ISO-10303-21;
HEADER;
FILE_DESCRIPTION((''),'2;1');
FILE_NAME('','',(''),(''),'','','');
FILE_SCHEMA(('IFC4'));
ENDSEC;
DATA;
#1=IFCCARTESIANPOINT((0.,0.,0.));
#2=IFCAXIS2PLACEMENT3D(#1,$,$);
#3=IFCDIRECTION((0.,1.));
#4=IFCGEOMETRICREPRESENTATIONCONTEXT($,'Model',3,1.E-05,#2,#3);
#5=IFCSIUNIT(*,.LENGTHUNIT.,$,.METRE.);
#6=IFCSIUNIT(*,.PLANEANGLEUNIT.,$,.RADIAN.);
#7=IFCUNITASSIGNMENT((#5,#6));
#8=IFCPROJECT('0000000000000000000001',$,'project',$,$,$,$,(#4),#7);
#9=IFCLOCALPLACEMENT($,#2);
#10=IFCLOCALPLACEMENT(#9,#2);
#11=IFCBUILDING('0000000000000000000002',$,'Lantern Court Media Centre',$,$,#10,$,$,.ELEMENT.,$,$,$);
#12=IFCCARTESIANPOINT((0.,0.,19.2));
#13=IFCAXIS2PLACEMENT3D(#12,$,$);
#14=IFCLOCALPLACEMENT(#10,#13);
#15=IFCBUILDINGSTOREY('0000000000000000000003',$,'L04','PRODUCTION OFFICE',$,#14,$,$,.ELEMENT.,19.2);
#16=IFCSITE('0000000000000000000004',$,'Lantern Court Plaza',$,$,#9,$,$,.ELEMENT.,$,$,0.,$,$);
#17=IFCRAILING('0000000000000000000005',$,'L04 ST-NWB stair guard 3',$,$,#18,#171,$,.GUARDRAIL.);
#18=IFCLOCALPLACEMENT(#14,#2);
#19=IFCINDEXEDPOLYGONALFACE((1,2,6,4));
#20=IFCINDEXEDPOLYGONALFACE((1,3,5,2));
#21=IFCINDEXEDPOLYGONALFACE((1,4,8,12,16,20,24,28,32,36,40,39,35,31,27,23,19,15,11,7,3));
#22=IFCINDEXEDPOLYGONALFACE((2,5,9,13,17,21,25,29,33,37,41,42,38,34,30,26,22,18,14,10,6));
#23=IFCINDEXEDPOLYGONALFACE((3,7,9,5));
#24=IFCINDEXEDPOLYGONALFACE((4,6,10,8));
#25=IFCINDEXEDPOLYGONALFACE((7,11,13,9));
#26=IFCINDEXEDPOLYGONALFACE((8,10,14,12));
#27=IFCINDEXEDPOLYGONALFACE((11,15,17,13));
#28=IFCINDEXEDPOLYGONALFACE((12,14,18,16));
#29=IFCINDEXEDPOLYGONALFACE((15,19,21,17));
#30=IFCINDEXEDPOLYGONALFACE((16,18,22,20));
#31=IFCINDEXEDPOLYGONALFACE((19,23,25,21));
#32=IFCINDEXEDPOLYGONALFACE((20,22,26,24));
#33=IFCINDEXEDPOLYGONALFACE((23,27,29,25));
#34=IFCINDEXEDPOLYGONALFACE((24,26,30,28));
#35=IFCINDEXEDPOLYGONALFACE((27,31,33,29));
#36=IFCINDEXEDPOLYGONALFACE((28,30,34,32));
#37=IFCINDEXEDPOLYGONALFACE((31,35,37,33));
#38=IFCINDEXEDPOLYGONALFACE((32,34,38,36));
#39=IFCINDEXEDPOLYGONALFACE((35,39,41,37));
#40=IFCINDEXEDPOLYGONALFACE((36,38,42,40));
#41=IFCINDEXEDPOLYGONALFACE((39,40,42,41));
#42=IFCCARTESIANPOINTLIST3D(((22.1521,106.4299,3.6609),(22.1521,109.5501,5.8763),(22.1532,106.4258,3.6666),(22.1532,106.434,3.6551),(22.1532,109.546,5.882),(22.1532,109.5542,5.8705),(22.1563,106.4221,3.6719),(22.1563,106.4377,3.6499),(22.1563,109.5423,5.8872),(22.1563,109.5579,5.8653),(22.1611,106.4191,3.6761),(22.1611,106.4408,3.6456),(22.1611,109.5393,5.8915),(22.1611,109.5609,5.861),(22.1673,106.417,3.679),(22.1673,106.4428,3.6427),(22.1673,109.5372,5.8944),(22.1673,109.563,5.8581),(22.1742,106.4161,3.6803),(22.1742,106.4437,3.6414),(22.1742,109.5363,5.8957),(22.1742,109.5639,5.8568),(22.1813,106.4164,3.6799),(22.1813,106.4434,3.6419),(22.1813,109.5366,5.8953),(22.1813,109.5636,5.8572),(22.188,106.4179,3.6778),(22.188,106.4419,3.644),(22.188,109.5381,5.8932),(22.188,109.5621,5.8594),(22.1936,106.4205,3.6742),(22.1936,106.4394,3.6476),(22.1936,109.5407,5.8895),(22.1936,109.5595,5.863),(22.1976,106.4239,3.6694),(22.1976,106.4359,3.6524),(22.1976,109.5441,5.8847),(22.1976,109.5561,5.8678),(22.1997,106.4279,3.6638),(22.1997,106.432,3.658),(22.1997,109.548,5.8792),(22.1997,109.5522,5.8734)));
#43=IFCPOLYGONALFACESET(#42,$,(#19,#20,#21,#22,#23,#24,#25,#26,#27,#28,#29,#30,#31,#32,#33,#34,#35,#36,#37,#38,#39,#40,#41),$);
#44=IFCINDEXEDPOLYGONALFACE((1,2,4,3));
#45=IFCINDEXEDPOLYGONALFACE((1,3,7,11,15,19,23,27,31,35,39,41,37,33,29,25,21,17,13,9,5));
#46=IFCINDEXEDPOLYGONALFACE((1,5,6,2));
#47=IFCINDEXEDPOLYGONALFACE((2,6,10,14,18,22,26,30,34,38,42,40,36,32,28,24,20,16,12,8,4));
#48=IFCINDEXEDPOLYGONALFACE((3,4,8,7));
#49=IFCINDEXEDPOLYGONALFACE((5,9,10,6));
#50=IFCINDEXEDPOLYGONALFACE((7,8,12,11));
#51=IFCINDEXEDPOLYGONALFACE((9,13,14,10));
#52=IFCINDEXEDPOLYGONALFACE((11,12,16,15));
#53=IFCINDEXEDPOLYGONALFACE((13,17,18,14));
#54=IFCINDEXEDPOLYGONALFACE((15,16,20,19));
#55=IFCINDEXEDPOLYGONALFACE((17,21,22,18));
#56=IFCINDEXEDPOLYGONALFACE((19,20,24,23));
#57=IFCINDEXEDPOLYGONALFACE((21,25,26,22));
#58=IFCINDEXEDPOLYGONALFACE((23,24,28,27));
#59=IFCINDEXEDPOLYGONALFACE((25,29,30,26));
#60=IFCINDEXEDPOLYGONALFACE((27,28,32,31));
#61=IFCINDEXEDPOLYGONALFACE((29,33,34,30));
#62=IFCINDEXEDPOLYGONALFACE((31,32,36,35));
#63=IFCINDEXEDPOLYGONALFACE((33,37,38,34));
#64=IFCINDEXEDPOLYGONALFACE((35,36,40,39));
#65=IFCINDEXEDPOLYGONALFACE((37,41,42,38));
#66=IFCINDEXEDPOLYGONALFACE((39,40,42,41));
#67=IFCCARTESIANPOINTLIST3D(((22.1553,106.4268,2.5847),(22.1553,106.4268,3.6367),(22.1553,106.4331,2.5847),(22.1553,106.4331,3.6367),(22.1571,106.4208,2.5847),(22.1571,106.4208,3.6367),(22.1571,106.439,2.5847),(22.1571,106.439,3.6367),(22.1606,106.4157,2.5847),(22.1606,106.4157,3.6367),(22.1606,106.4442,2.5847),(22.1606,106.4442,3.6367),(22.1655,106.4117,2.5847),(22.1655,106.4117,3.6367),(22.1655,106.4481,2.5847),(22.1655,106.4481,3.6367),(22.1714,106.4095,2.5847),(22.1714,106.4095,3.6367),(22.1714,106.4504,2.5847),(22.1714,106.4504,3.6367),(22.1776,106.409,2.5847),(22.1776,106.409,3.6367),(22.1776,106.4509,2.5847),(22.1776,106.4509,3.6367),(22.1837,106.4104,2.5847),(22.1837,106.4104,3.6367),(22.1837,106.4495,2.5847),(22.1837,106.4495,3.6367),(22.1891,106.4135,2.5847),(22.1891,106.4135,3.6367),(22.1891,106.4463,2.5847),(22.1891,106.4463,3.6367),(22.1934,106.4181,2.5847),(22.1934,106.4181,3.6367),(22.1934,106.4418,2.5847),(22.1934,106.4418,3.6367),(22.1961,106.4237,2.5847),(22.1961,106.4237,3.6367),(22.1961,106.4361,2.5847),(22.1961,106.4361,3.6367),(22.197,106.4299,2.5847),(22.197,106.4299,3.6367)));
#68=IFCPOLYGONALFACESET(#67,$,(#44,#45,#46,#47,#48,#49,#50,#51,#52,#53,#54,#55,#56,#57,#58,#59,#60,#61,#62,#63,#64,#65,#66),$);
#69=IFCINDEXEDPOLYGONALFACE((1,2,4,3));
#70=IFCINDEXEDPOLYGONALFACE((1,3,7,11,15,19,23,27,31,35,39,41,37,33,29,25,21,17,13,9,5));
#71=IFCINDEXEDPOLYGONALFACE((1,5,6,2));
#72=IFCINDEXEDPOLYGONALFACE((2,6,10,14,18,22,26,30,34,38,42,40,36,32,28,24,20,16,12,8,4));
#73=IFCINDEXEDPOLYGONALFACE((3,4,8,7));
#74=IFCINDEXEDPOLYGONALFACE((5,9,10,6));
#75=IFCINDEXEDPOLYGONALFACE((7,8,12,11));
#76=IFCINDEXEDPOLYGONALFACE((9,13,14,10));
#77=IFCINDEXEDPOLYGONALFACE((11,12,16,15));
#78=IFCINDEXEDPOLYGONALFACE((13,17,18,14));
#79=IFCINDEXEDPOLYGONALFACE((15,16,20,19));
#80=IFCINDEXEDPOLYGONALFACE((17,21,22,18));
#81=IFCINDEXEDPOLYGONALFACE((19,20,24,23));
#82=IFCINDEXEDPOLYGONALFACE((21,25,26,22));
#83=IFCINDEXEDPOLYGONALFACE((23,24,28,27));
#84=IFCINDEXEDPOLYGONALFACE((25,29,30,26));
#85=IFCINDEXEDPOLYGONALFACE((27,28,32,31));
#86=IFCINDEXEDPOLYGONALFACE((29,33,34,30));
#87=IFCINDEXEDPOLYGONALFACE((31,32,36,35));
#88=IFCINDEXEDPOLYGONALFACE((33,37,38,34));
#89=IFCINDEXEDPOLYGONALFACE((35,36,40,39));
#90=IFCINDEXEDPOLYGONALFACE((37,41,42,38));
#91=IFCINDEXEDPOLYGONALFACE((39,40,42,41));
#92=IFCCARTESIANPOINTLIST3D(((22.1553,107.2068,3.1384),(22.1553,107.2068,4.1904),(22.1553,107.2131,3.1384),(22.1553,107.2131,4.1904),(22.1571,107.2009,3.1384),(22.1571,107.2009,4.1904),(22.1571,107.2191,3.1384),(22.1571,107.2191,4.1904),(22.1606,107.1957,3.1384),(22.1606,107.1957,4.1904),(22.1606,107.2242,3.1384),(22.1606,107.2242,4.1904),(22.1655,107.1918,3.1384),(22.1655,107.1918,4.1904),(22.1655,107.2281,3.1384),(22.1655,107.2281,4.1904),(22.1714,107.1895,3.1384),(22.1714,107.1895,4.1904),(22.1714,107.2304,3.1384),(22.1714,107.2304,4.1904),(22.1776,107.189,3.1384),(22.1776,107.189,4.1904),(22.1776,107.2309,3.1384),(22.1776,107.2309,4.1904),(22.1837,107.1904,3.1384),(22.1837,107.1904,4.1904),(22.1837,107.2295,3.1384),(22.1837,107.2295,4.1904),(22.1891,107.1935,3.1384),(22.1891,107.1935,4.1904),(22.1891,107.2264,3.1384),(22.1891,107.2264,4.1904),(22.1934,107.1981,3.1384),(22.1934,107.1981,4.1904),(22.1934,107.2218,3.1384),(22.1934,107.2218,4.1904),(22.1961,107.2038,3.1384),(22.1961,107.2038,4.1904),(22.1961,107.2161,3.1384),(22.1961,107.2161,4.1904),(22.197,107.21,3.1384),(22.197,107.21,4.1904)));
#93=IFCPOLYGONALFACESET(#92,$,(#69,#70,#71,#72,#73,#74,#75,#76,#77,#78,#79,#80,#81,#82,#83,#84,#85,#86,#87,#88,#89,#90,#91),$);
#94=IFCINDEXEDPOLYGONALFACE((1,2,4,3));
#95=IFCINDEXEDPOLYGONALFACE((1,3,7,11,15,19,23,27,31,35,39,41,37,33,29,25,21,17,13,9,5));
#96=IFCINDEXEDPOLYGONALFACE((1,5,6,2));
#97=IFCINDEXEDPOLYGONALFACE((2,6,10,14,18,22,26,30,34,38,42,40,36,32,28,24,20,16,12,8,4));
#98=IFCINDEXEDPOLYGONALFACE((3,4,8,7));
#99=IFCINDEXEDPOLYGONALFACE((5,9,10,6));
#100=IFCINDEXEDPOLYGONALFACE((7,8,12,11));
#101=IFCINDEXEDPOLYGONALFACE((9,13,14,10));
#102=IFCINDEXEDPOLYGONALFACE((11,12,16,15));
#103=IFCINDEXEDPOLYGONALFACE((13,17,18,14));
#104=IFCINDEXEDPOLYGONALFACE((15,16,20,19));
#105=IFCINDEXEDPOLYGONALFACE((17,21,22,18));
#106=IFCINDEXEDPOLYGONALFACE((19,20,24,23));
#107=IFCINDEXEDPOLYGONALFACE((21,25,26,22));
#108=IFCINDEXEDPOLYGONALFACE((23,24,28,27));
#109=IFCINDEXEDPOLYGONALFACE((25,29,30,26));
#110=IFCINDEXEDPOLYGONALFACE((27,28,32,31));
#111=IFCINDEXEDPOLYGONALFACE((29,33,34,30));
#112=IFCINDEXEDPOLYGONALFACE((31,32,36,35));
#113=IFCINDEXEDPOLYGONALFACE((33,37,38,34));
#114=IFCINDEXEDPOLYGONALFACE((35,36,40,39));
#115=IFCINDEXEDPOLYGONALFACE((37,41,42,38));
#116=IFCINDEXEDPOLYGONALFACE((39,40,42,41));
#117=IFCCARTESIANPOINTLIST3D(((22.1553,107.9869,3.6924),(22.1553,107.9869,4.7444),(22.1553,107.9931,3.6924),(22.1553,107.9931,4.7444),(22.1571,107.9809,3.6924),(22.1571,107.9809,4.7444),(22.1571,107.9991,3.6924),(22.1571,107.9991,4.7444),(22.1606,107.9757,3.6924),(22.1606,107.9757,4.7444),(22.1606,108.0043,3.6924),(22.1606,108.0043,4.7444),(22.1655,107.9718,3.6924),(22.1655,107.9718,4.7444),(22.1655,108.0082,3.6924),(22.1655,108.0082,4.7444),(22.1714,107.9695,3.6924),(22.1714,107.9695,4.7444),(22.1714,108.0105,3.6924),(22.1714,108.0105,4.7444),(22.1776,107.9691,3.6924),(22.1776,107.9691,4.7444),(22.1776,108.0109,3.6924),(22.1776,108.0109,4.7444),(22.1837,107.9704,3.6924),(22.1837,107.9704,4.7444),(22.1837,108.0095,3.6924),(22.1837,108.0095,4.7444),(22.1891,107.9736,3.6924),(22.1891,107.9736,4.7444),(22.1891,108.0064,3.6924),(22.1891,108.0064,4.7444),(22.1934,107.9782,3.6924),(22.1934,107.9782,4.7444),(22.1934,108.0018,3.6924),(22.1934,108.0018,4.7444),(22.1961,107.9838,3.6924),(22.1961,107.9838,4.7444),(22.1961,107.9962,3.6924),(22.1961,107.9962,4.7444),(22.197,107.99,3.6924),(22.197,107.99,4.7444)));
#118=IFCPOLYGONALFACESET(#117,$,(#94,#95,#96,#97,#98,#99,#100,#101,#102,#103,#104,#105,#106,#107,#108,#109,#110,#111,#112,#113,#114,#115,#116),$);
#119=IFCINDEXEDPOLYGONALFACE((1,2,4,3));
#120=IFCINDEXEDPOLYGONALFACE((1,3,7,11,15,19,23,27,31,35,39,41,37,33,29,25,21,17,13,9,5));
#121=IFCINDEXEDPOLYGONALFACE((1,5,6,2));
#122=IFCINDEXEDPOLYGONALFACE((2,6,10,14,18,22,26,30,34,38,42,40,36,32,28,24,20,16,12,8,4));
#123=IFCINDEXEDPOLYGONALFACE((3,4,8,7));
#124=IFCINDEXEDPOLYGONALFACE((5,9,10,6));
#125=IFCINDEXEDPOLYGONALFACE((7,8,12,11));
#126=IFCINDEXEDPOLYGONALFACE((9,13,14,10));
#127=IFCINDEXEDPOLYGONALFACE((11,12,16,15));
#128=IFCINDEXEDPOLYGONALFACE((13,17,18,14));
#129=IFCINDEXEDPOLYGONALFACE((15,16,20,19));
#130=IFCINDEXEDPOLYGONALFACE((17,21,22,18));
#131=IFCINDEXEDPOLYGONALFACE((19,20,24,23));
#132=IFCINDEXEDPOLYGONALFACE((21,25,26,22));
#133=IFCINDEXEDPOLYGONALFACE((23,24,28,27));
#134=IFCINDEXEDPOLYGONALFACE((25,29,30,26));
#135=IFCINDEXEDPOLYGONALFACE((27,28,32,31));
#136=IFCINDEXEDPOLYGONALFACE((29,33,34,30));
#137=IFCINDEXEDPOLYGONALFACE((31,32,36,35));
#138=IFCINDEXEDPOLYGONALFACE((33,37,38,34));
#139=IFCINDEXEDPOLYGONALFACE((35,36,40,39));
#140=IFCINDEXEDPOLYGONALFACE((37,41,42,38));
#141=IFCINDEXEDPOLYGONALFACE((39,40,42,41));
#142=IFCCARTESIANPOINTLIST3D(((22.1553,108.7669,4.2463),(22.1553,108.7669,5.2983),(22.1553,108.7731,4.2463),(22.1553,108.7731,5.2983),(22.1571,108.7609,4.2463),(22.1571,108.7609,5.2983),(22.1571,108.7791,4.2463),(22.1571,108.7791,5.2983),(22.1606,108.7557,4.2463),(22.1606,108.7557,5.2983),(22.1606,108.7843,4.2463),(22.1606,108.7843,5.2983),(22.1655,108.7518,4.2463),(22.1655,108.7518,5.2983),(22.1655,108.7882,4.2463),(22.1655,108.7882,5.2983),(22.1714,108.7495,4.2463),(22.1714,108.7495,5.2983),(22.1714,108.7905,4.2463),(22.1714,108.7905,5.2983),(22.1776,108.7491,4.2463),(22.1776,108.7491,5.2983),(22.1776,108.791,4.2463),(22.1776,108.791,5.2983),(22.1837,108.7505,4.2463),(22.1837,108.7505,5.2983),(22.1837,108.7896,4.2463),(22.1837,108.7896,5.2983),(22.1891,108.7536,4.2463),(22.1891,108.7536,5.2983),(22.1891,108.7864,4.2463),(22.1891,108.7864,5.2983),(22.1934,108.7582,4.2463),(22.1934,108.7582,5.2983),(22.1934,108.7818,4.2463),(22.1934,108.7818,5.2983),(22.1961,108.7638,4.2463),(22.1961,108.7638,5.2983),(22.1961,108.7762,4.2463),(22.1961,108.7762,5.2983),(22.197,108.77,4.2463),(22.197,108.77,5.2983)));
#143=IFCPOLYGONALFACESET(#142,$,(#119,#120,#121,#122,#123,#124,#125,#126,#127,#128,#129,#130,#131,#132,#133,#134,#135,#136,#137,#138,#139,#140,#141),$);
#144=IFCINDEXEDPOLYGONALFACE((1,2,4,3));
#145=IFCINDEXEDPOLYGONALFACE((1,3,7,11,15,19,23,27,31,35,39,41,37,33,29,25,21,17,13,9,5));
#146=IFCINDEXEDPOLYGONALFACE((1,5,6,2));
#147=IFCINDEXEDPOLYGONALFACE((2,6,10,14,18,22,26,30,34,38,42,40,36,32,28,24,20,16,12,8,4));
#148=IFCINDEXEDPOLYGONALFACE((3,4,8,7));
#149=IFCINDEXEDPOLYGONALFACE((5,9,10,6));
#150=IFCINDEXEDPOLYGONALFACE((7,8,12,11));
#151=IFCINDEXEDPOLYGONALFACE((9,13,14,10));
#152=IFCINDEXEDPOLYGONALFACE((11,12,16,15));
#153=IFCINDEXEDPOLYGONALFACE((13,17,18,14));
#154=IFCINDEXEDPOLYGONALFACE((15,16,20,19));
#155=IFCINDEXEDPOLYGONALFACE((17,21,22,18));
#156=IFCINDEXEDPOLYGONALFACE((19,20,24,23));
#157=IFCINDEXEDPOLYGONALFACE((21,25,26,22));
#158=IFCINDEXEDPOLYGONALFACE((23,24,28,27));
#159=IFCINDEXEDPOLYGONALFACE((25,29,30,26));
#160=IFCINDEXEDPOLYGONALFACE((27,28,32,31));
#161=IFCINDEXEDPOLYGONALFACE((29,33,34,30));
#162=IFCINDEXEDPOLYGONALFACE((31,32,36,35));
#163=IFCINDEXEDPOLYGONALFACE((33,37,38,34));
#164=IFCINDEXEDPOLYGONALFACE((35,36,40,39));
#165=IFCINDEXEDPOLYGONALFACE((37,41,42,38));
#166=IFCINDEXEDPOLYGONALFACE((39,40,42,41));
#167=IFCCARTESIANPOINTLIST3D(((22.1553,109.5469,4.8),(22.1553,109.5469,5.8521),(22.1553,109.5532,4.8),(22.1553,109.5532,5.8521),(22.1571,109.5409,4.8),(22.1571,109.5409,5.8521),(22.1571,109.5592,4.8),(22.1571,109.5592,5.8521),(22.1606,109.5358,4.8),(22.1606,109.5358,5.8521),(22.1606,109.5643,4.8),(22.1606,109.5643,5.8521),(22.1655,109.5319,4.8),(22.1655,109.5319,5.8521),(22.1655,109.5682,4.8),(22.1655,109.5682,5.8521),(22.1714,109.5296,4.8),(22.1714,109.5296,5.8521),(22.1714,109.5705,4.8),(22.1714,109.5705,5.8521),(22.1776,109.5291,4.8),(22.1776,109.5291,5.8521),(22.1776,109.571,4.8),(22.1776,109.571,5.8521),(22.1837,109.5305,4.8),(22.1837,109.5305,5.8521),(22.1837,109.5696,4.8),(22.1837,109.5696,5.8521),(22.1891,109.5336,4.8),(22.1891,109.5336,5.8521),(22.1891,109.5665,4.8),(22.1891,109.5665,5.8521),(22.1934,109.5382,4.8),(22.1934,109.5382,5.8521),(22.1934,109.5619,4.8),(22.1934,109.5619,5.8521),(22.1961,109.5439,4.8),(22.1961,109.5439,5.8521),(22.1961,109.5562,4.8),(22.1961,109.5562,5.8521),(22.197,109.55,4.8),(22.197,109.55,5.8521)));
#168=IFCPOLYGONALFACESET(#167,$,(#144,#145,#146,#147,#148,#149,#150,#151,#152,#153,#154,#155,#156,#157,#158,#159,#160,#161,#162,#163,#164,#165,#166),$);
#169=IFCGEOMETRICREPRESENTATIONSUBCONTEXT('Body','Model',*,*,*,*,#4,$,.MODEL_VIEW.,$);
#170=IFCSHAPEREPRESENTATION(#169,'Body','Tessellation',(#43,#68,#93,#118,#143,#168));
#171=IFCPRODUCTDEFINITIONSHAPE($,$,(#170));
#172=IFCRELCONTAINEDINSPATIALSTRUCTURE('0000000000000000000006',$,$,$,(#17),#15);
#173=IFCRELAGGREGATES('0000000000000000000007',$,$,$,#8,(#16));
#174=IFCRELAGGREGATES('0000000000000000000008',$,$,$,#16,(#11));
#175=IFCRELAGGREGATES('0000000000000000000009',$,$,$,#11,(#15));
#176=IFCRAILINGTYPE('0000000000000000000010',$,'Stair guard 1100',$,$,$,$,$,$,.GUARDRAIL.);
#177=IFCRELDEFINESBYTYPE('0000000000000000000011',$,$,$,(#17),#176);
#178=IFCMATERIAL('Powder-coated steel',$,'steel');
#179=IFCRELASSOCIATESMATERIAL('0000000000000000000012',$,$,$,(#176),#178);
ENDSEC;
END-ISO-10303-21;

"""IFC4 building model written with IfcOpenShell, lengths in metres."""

from ifc_helpers import new_model, si_unit, direction, frame, origin, origin_2d, place, context, subcontext, project, spatial, circle, extrude, material, type_object, element, save


model = new_model("IFC4")

# Units and contexts
model_context = context("Model", 3, precision=1e-05, world=origin(), true_north=direction((0.0, 1.0)))
body_context = subcontext(model_context, "Body", "Model", "MODEL_VIEW")
ifc_project = project(units=[si_unit("LENGTHUNIT", "METRE"), si_unit("PLANEANGLEUNIT", "RADIAN")], contexts=[model_context])

# Site, building, storey
site_placement = place(None, origin())
site = spatial("IfcSite", under=ifc_project, at=site_placement, Name="Lantern Court Plaza", CompositionType="ELEMENT", RefElevation=0.0)
building_placement = place(site_placement, origin())
building = spatial("IfcBuilding", under=site, at=building_placement, Name="Lantern Court Media Centre", CompositionType="ELEMENT")
storey_placement = place(building_placement, frame((0.0, 0.0, 19.2)))
storey = spatial("IfcBuildingStorey", under=building, at=storey_placement, Name="L04", Description="PRODUCTION OFFICE", CompositionType="ELEMENT", Elevation=19.2)

# Shared definitions
ifc_material_1 = material(Name="Powder-coated steel", Category="steel")

# Railing
railing_type_1 = type_object("IfcRailingType", Name="Stair guard 1100", PredefinedType="GUARDRAIL", material=ifc_material_1)
railing_1_placement = place(storey_placement, frame((22.176, 106.4299, 2.5847)))
element("IfcRailing", 1, at=railing_1_placement, inside=storey, type_object=railing_type_1, Name="L04 ST-NWB stair guard 3", PredefinedType="GUARDRAIL", context=body_context, shape_type="SweptSolid", body=[
    extrude(circle(Radius=0.0239, at=origin_2d()), frame((0.0, 0.0, 1.0762), z_axis=(0.0, 0.815377, 0.57893), x_axis=(-1.0, 0.0, 0.0)), (0.0, 0.0, 1.0), 3.8267),
    extrude(circle(Radius=0.021, at=origin_2d()), origin(), (0.0, 0.0, 1.0), 1.052),
    extrude(circle(Radius=0.021, at=origin_2d()), frame((0.0, 0.78, 0.5537)), (0.0, 0.0, 1.0), 1.052),
    extrude(circle(Radius=0.021, at=origin_2d()), frame((0.0, 1.5601, 1.1077)), (0.0, 0.0, 1.0), 1.052),
    extrude(circle(Radius=0.021, at=origin_2d()), frame((0.0, 2.3401, 1.6616)), (0.0, 0.0, 1.0), 1.052),
    extrude(circle(Radius=0.021, at=origin_2d()), frame((0.0, 3.1201, 2.2153)), (0.0, 0.0, 1.0), 1.052),
])

save(model, "model.ifc")
